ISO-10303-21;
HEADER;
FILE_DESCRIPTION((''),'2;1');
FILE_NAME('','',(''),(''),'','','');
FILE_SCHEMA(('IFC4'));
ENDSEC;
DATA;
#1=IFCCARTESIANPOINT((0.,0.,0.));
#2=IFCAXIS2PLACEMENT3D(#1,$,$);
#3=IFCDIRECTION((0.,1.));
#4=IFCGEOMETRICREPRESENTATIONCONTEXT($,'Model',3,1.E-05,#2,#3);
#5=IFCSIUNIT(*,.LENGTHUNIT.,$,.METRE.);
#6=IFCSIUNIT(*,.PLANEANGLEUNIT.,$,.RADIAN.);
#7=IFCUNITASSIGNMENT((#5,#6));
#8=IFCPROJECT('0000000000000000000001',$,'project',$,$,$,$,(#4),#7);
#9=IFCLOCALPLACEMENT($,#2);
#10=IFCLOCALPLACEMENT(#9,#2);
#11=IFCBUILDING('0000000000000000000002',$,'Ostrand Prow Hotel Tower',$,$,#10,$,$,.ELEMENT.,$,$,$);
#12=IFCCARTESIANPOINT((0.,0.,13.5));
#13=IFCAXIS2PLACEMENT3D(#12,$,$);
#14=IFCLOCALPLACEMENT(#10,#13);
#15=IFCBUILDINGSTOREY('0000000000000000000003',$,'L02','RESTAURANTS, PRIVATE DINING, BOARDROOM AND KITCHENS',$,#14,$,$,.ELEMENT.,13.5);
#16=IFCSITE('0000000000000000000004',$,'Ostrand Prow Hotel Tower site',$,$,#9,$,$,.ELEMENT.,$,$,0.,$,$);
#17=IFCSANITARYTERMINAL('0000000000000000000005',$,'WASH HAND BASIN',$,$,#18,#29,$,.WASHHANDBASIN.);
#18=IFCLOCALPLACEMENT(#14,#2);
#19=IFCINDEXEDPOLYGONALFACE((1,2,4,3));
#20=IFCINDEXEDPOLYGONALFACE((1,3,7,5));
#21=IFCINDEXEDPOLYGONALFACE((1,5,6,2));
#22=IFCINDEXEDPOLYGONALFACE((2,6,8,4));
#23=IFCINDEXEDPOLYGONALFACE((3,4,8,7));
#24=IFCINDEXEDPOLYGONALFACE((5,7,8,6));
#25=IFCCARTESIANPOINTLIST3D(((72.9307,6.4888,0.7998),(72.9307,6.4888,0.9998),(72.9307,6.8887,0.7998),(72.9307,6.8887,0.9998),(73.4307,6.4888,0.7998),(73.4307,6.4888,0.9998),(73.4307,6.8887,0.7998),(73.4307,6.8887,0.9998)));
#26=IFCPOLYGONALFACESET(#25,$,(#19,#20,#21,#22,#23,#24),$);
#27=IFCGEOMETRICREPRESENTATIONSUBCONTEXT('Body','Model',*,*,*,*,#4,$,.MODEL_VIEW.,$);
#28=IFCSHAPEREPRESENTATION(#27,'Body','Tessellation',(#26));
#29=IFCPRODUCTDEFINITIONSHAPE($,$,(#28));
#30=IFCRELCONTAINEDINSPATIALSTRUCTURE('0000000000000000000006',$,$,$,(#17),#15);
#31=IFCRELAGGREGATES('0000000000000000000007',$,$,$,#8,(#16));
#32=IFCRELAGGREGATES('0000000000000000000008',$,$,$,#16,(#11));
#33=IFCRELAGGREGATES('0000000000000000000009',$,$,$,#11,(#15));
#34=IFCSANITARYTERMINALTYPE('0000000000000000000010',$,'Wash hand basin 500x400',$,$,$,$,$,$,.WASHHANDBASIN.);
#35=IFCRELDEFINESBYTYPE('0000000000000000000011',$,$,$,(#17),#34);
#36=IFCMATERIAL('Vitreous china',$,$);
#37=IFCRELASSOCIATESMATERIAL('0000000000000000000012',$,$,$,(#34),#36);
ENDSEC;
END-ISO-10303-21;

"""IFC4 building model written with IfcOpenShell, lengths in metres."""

from ifc_helpers import new_model, si_unit, direction, frame, origin, origin_2d, place, context, subcontext, project, spatial, rectangle, extrude, material, type_object, element, save


model = new_model("IFC4")

# Units and contexts
model_context = context("Model", 3, precision=1e-05, world=origin(), true_north=direction((0.0, 1.0)))
body_context = subcontext(model_context, "Body", "Model", "MODEL_VIEW")
ifc_project = project(units=[si_unit("LENGTHUNIT", "METRE"), si_unit("PLANEANGLEUNIT", "RADIAN")], contexts=[model_context])

# Site, building, storey
site_placement = place(None, origin())
site = spatial("IfcSite", under=ifc_project, at=site_placement, Name="Ostrand Prow Hotel Tower site", CompositionType="ELEMENT", RefElevation=0.0)
building_placement = place(site_placement, origin())
building = spatial("IfcBuilding", under=site, at=building_placement, Name="Ostrand Prow Hotel Tower", CompositionType="ELEMENT")
storey_placement = place(building_placement, frame((0.0, 0.0, 13.5)))
storey = spatial("IfcBuildingStorey", under=building, at=storey_placement, Name="L02", Description="RESTAURANTS, PRIVATE DINING, BOARDROOM AND KITCHENS", CompositionType="ELEMENT", Elevation=13.5)

# Sanitary terminal
ifc_material_1 = material(Name="Vitreous china")
sanitary_terminal_type_1 = type_object("IfcSanitaryTerminalType", Name="Wash hand basin 500x400", PredefinedType="WASHHANDBASIN", material=ifc_material_1)
sanitary_terminal_1_placement = place(storey_placement, frame((73.1807, 6.6887, 0.7998), z_axis=(0.0, 0.0, 1.0), x_axis=(1.0, 0.0, 0.0)))
element("IfcSanitaryTerminal", 1, at=sanitary_terminal_1_placement, inside=storey, type_object=sanitary_terminal_type_1, Name="WASH HAND BASIN", PredefinedType="WASHHANDBASIN", context=body_context, shape_type="SweptSolid", body=[
    extrude(rectangle(XDim=0.5, YDim=0.3999, at=origin_2d()), origin(), (0.0, 0.0, 1.0), 0.2),
])

save(model, "model.ifc")
